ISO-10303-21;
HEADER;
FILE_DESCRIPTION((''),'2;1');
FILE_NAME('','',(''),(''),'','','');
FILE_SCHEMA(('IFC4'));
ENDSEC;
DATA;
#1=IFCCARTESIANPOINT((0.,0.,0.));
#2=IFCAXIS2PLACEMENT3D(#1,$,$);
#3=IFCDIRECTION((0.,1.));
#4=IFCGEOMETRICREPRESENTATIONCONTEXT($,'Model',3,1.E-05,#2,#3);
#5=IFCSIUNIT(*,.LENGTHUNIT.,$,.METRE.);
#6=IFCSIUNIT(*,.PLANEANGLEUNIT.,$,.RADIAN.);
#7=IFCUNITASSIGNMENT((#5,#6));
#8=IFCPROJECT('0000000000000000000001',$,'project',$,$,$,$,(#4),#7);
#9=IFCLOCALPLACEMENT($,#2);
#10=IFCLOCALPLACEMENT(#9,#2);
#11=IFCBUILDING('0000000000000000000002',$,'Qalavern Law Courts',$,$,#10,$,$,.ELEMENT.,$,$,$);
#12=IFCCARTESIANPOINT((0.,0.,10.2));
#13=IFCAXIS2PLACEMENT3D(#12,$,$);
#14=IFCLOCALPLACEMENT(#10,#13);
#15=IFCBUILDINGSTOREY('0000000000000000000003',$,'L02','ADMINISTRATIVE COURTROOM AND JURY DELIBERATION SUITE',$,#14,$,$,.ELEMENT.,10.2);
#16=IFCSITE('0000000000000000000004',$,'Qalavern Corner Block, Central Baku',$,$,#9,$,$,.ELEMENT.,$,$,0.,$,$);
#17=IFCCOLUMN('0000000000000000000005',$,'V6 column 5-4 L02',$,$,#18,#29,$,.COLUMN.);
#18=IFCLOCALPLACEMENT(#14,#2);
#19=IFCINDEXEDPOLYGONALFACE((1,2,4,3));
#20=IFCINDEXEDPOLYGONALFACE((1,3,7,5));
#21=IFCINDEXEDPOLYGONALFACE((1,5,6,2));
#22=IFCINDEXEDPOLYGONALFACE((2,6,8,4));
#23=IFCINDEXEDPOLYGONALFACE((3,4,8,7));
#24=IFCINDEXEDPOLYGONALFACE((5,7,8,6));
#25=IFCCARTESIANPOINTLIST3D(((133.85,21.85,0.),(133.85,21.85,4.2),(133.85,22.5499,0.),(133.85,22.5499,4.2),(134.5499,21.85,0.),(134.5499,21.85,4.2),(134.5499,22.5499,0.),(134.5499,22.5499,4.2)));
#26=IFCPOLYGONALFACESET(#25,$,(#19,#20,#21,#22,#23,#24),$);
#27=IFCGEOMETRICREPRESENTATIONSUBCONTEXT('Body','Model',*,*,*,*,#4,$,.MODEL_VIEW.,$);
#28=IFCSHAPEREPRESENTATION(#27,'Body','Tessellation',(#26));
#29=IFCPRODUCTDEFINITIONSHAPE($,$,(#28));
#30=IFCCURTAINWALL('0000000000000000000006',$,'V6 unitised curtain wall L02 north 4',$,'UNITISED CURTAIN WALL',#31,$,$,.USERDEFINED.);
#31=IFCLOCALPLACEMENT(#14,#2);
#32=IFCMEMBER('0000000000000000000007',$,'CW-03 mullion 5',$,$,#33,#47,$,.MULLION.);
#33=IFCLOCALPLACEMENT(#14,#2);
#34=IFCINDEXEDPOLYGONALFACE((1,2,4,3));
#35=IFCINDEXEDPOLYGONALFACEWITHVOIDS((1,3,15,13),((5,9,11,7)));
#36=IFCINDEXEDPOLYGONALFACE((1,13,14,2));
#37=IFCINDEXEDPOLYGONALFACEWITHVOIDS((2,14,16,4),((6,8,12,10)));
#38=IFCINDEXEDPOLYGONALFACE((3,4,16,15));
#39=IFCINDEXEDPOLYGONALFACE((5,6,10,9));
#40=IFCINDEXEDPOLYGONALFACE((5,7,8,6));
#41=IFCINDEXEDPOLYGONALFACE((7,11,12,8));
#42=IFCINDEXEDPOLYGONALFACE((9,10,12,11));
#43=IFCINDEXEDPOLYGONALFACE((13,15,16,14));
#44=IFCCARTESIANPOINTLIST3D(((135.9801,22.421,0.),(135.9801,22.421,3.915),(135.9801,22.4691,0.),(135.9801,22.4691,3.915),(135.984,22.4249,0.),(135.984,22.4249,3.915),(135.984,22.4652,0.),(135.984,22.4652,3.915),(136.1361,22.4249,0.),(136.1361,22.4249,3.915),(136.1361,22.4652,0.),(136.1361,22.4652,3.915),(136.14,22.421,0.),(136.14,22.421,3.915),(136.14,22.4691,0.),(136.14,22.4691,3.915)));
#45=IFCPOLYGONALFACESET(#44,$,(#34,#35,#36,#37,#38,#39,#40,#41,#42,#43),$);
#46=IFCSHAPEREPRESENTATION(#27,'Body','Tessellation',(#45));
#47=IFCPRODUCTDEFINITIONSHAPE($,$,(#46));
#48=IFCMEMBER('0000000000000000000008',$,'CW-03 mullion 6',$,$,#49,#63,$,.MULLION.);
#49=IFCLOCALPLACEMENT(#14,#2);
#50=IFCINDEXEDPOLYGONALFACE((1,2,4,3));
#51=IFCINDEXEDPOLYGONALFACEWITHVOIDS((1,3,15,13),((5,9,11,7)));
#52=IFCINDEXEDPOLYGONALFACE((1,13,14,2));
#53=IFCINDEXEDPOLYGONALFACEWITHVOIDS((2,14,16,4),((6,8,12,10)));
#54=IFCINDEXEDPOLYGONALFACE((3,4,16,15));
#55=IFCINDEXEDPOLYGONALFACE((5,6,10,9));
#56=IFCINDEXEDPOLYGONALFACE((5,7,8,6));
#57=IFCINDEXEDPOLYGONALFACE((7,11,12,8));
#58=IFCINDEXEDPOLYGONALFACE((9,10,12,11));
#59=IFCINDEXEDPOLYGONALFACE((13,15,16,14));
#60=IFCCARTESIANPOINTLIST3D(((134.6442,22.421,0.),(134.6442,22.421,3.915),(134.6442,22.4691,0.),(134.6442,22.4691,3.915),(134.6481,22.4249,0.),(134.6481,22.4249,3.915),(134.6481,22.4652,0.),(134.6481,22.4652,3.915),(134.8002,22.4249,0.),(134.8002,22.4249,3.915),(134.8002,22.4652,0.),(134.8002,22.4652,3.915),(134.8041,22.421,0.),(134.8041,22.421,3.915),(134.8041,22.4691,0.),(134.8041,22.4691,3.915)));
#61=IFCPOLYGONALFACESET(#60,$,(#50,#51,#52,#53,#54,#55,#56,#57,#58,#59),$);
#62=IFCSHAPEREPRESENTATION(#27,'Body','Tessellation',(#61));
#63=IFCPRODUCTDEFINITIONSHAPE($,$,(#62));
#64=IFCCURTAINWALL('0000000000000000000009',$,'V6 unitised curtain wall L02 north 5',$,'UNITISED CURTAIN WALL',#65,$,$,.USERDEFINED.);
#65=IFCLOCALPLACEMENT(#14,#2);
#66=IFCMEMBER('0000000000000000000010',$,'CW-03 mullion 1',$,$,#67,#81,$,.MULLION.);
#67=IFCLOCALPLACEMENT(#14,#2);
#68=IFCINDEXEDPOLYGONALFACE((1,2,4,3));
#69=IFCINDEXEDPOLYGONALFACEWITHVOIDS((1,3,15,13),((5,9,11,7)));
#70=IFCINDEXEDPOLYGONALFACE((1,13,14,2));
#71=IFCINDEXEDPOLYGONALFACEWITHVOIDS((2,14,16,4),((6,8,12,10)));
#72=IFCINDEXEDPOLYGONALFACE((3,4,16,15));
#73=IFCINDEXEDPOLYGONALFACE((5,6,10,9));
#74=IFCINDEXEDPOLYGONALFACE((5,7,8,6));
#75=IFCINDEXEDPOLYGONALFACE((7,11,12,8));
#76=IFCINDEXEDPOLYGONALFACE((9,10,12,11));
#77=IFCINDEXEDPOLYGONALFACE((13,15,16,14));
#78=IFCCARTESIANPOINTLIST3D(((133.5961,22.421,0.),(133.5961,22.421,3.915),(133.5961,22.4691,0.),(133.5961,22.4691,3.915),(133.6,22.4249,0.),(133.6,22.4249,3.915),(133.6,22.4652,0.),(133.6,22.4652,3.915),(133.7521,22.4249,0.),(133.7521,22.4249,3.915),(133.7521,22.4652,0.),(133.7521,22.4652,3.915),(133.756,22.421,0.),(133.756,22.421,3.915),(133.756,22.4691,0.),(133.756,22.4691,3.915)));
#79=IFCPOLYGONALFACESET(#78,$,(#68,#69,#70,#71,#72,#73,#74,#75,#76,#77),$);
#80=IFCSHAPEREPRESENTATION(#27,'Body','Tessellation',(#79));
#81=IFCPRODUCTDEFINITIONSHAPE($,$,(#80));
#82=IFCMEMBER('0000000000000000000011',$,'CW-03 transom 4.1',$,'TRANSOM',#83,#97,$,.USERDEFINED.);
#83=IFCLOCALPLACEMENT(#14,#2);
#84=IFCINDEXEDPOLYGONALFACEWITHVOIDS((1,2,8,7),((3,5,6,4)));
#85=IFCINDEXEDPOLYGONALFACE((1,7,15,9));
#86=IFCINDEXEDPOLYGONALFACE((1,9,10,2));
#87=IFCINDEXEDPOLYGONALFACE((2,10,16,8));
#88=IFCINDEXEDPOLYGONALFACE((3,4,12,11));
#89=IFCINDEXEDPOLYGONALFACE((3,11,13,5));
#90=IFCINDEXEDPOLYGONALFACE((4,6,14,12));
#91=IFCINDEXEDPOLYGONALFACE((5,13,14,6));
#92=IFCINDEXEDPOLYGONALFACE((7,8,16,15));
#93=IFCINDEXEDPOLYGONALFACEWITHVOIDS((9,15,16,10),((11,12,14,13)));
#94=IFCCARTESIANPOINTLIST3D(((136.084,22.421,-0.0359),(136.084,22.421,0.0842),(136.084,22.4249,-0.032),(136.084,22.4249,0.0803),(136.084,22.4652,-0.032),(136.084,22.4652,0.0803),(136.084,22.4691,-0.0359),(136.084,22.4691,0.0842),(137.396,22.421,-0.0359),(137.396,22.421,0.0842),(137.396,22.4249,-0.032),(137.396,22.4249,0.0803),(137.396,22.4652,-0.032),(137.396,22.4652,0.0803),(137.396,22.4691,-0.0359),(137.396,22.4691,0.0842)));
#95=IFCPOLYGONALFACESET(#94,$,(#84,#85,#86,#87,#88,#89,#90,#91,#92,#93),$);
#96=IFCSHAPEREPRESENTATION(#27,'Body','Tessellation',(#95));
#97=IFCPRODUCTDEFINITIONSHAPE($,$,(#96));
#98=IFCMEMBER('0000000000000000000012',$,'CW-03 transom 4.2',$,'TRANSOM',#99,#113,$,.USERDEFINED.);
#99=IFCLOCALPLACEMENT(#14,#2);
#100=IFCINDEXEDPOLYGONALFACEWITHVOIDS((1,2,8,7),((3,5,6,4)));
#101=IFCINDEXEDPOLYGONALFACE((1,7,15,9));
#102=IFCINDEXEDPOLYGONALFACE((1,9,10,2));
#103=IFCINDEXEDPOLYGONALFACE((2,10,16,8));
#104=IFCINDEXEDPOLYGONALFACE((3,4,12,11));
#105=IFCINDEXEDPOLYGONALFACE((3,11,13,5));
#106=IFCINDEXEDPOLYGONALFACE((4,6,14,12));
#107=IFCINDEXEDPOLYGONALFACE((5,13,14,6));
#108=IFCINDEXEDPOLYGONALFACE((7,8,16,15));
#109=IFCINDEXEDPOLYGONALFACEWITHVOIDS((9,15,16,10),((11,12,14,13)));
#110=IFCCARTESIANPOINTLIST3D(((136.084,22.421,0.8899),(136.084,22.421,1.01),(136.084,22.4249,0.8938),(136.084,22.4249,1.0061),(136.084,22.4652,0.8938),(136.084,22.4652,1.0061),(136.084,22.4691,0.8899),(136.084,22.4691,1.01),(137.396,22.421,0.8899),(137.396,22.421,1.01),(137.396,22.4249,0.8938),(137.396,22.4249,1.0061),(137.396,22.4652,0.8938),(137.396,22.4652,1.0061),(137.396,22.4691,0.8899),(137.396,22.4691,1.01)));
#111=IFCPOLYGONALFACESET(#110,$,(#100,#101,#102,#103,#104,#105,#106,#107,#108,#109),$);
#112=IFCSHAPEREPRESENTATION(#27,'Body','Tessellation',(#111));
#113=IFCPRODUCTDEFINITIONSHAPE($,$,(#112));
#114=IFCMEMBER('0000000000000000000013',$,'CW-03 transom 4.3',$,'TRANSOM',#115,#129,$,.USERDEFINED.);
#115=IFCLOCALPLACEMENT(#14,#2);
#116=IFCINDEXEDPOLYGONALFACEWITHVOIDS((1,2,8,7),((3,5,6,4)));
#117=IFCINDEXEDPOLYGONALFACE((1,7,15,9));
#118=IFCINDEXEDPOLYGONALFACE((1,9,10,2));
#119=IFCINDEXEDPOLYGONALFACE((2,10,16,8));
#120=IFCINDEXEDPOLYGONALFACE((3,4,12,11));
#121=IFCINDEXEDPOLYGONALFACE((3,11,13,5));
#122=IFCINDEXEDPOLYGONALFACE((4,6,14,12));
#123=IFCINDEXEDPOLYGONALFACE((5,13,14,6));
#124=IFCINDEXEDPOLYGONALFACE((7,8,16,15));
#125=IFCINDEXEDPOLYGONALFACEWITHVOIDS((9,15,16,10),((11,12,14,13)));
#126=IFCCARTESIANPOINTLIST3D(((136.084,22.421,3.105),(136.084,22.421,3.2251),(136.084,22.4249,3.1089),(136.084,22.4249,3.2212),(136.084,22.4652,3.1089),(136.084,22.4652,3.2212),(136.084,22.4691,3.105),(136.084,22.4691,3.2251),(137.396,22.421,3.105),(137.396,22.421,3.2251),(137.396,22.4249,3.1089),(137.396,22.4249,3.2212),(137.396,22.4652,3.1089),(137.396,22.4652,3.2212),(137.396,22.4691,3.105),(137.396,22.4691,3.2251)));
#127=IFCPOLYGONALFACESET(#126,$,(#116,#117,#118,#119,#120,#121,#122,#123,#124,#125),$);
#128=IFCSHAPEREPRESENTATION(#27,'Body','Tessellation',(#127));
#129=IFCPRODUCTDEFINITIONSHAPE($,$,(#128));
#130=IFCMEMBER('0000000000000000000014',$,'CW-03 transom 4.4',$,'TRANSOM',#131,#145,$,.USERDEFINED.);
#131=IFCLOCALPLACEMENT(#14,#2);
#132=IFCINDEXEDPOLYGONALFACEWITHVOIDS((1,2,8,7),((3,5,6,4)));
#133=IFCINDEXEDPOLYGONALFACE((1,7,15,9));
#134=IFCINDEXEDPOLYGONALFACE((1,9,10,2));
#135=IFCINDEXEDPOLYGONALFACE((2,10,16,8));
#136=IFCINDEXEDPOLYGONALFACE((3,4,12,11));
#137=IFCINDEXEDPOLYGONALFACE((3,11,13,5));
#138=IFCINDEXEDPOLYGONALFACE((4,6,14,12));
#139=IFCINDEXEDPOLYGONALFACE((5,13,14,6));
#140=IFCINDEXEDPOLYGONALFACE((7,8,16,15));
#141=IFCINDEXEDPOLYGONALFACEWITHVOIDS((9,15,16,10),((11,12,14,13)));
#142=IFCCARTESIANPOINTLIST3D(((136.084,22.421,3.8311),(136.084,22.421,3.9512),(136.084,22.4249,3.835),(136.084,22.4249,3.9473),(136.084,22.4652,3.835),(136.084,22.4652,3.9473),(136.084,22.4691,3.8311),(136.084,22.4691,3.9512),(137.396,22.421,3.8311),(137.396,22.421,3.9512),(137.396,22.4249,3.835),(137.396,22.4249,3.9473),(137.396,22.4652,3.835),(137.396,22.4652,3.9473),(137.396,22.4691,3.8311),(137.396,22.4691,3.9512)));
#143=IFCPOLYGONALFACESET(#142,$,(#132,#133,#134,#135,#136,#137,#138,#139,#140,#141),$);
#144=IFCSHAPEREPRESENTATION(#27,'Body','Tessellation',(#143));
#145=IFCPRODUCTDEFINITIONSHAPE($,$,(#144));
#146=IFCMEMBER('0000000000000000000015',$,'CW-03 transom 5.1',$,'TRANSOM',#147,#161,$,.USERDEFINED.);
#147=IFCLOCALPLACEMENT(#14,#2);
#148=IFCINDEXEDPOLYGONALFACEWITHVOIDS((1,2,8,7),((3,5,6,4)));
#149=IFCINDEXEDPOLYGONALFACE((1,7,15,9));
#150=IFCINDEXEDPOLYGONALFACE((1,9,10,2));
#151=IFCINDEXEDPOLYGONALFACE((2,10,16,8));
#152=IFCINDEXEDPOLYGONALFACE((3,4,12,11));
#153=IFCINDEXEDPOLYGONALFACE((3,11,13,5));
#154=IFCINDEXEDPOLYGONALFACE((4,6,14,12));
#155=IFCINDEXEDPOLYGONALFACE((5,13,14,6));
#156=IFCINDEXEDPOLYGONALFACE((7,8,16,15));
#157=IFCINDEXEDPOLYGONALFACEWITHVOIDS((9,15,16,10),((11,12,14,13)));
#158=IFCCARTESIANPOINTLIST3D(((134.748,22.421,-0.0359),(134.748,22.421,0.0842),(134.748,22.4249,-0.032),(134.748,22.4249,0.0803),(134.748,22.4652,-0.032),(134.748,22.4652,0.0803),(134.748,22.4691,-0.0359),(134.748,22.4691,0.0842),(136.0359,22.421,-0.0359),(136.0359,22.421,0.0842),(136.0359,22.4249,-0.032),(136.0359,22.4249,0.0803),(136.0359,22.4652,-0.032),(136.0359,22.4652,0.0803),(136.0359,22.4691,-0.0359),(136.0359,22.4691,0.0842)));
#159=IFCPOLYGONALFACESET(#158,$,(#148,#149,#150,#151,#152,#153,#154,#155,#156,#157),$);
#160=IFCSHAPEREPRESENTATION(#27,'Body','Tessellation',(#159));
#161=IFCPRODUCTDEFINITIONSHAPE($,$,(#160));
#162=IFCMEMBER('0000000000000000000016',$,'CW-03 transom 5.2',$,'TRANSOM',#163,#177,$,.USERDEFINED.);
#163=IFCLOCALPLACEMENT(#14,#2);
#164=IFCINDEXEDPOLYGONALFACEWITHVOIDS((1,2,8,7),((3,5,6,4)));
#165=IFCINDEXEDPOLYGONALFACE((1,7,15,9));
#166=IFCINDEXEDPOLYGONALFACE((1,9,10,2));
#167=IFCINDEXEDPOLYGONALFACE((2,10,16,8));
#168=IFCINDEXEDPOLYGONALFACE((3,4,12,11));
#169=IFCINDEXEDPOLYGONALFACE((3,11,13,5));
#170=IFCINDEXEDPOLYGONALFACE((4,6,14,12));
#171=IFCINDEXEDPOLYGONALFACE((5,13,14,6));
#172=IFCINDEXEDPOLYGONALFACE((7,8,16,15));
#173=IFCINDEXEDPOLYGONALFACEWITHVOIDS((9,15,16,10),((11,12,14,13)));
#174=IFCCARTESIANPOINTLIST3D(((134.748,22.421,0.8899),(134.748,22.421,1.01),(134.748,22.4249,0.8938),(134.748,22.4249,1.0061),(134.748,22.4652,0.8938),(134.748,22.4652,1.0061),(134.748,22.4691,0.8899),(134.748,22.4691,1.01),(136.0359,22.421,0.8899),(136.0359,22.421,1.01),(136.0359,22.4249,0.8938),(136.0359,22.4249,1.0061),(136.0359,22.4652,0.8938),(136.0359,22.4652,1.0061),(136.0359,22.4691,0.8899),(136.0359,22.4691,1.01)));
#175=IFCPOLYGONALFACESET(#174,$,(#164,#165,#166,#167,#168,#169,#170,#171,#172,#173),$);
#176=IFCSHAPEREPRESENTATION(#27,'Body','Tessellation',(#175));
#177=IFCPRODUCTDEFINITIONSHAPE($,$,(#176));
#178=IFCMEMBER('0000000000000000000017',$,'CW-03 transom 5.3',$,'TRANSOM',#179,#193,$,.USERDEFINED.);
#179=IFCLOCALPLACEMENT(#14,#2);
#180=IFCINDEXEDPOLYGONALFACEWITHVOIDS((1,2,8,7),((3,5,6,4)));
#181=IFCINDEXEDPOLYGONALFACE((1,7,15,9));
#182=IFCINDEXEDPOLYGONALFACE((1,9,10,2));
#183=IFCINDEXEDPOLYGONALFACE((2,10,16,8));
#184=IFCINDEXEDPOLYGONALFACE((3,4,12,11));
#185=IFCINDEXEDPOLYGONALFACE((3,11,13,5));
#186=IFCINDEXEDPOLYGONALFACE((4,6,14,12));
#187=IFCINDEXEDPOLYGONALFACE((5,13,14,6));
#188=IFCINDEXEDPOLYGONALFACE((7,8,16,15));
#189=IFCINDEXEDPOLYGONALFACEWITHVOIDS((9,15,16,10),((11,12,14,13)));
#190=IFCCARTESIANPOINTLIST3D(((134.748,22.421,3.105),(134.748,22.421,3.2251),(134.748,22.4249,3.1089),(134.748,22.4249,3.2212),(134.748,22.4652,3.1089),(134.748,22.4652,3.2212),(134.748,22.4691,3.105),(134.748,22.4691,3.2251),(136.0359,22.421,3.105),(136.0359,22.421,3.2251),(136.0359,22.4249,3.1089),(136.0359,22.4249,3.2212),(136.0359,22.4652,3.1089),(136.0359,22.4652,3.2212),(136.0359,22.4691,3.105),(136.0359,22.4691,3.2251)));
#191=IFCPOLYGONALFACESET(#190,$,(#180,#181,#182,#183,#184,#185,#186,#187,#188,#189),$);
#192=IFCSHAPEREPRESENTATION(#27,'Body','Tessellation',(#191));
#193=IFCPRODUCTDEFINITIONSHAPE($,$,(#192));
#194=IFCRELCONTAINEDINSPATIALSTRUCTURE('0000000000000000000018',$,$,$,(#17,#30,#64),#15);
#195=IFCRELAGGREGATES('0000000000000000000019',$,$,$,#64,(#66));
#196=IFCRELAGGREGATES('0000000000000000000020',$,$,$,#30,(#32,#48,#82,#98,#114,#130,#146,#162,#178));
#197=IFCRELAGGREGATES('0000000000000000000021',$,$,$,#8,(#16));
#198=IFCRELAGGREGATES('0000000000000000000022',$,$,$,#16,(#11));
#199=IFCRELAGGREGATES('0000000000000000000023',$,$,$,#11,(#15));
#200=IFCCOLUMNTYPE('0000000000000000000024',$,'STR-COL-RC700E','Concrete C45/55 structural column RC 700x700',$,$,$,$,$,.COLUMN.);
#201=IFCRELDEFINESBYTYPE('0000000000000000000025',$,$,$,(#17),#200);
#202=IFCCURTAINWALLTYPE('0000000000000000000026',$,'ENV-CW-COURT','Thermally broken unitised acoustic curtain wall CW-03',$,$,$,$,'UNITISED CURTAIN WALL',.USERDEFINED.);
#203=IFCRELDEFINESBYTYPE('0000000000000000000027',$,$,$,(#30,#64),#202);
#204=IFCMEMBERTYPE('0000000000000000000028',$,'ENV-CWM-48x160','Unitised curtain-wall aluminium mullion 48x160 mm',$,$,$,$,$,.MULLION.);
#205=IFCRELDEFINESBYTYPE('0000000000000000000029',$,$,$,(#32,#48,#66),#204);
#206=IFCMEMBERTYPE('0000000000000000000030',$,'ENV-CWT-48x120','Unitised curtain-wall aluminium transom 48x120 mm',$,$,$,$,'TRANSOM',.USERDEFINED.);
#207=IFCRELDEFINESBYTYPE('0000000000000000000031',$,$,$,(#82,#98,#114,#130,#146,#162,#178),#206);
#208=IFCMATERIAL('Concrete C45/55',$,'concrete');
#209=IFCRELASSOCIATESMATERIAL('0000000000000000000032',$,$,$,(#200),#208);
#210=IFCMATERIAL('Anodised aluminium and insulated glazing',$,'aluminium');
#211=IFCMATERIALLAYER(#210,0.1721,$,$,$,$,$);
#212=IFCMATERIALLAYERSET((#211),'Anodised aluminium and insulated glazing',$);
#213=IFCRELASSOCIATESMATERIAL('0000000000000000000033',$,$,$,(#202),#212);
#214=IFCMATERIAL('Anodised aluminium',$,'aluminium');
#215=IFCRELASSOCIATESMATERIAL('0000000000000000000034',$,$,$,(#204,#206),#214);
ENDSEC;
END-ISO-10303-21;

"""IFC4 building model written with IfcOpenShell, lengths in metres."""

from ifc_helpers import new_model, si_unit, direction, frame, origin, origin_2d, place, context, subcontext, project, spatial, rectangle, hollow_rectangle, extrude, material, layer, layer_set, material_profile, profile_set, type_object, element, aggregate, save


model = new_model("IFC4")

# Units and contexts
model_context = context("Model", 3, precision=1e-05, world=origin(), true_north=direction((0.0, 1.0)))
body_context = subcontext(model_context, "Body", "Model", "MODEL_VIEW")
ifc_project = project(units=[si_unit("LENGTHUNIT", "METRE"), si_unit("PLANEANGLEUNIT", "RADIAN")], contexts=[model_context])

# Site, building, storey
site_placement = place(None, origin())
site = spatial("IfcSite", under=ifc_project, at=site_placement, Name="Qalavern Corner Block, Central Baku", CompositionType="ELEMENT", RefElevation=0.0)
building_placement = place(site_placement, origin())
building = spatial("IfcBuilding", under=site, at=building_placement, Name="Qalavern Law Courts", CompositionType="ELEMENT")
storey_placement = place(building_placement, frame((0.0, 0.0, 10.2)))
storey = spatial("IfcBuildingStorey", under=building, at=storey_placement, Name="L02", Description="ADMINISTRATIVE COURTROOM AND JURY DELIBERATION SUITE", CompositionType="ELEMENT", Elevation=10.2)

# Column
ifc_material_1 = material(Name="Concrete C45/55", Category="concrete")
ifc_material_profile_1 = material_profile(ifc_material_1, rectangle(XDim=0.7, YDim=0.7, at=origin_2d()), Name="RC 700x700")
ifc_profile_set_1 = profile_set([ifc_material_profile_1], Name="Concrete C45/55")
column_type = type_object("IfcColumnType", Name="STR-COL-RC700E", Description="Concrete C45/55 structural column RC 700x700", PredefinedType="COLUMN", material=ifc_profile_set_1)
column_placement = place(storey_placement, frame((134.2, 22.2, 0.0), z_axis=(0.0, 0.0, 1.0), x_axis=(1.0, 0.0, 0.0)))
element("IfcColumn", 1, at=column_placement, inside=storey, type_object=column_type, Name="V6 column 5-4 L02", PredefinedType="COLUMN", context=body_context, shape_type="SweptSolid", body=[
    extrude(rectangle(XDim=0.7, YDim=0.7, at=origin_2d()), origin(), (0.0, 0.0, 1.0), 4.2),
])

# Curtain wall, members
ifc_material_2 = material(Name="Anodised aluminium and insulated glazing", Category="aluminium")
ifc_layer_1 = layer(ifc_material_2, 0.1721)
ifc_layer_set_1 = layer_set([ifc_layer_1], Name="Anodised aluminium and insulated glazing")
curtain_wall_type = type_object("IfcCurtainWallType", Name="ENV-CW-COURT", Description="Thermally broken unitised acoustic curtain wall CW-03", ElementType="UNITISED CURTAIN WALL", PredefinedType="USERDEFINED", material=ifc_layer_set_1)
curtain_wall_1_placement = place(storey_placement, origin())
curtain_wall_1 = element("IfcCurtainWall", 2, at=curtain_wall_1_placement, inside=storey, type_object=curtain_wall_type, Name="V6 unitised curtain wall L02 north 4", ObjectType="UNITISED CURTAIN WALL", PredefinedType="USERDEFINED")
ifc_material_3 = material(Name="Anodised aluminium", Category="aluminium")
ifc_material_profile_2 = material_profile(ifc_material_3, hollow_rectangle(XDim=0.0481, YDim=0.1599, WallThickness=0.0039, at=origin_2d()), Name="ALU MULLION 48x160")
ifc_profile_set_2 = profile_set([ifc_material_profile_2], Name="Anodised aluminium")
member_type_1 = type_object("IfcMemberType", Name="ENV-CWM-48x160", Description="Unitised curtain-wall aluminium mullion 48x160 mm", PredefinedType="MULLION", material=ifc_profile_set_2)
member_1_placement = place(storey_placement, frame((136.0601, 22.4451, 0.0), z_axis=(0.0, 0.0, 1.0), x_axis=(0.0, -1.0, 0.0)))
member_1 = element("IfcMember", 3, at=member_1_placement, type_object=member_type_1, Name="CW-03 mullion 5", PredefinedType="MULLION", context=body_context, shape_type="SweptSolid", body=[
    extrude(hollow_rectangle(XDim=0.0481, YDim=0.1599, WallThickness=0.0039, at=origin_2d()), origin(), (0.0, 0.0, 1.0), 3.915),
])
member_2_placement = place(storey_placement, frame((134.7241, 22.4451, 0.0), z_axis=(0.0, 0.0, 1.0), x_axis=(0.0, -1.0, 0.0)))
member_2 = element("IfcMember", 4, at=member_2_placement, type_object=member_type_1, Name="CW-03 mullion 6", PredefinedType="MULLION", context=body_context, shape_type="SweptSolid", body=[
    extrude(hollow_rectangle(XDim=0.0481, YDim=0.1599, WallThickness=0.0039, at=origin_2d()), origin(), (0.0, 0.0, 1.0), 3.915),
])

# Curtain wall, member
curtain_wall_2_placement = place(storey_placement, origin())
curtain_wall_2 = element("IfcCurtainWall", 5, at=curtain_wall_2_placement, inside=storey, type_object=curtain_wall_type, Name="V6 unitised curtain wall L02 north 5", ObjectType="UNITISED CURTAIN WALL", PredefinedType="USERDEFINED")
member_3_placement = place(storey_placement, frame((133.676, 22.4451, 0.0), z_axis=(0.0, 0.0, 1.0), x_axis=(0.0, -1.0, 0.0)))
member_3 = element("IfcMember", 6, at=member_3_placement, type_object=member_type_1, Name="CW-03 mullion 1", PredefinedType="MULLION", context=body_context, shape_type="SweptSolid", body=[
    extrude(hollow_rectangle(XDim=0.0481, YDim=0.1599, WallThickness=0.0039, at=origin_2d()), origin(), (0.0, 0.0, 1.0), 3.915),
])
aggregate(curtain_wall_2, [member_3])

# Members
ifc_material_profile_3 = material_profile(ifc_material_3, hollow_rectangle(XDim=0.0481, YDim=0.1201, WallThickness=0.0039, at=origin_2d()), Name="ALU TRANSOM 48x120")
ifc_profile_set_3 = profile_set([ifc_material_profile_3], Name="Anodised aluminium")
member_type_2 = type_object("IfcMemberType", Name="ENV-CWT-48x120", Description="Unitised curtain-wall aluminium transom 48x120 mm", ElementType="TRANSOM", PredefinedType="USERDEFINED", material=ifc_profile_set_3)
member_4_placement = place(storey_placement, frame((137.396, 22.4451, 0.0242), z_axis=(-1.0, 0.0, 0.0), x_axis=(0.0, -1.0, 0.0)))
member_4 = element("IfcMember", 7, at=member_4_placement, type_object=member_type_2, Name="CW-03 transom 4.1", ObjectType="TRANSOM", PredefinedType="USERDEFINED", context=body_context, shape_type="SweptSolid", body=[
    extrude(hollow_rectangle(XDim=0.0481, YDim=0.1201, WallThickness=0.0039, at=origin_2d()), origin(), (0.0, 0.0, 1.0), 1.312),
])
member_5_placement = place(storey_placement, frame((137.396, 22.4451, 0.95), z_axis=(-1.0, 0.0, 0.0), x_axis=(0.0, -1.0, 0.0)))
member_5 = element("IfcMember", 8, at=member_5_placement, type_object=member_type_2, Name="CW-03 transom 4.2", ObjectType="TRANSOM", PredefinedType="USERDEFINED", context=body_context, shape_type="SweptSolid", body=[
    extrude(hollow_rectangle(XDim=0.0481, YDim=0.1201, WallThickness=0.0039, at=origin_2d()), origin(), (0.0, 0.0, 1.0), 1.312),
])
member_6_placement = place(storey_placement, frame((137.396, 22.4451, 3.165), z_axis=(-1.0, 0.0, 0.0), x_axis=(0.0, -1.0, 0.0)))
member_6 = element("IfcMember", 9, at=member_6_placement, type_object=member_type_2, Name="CW-03 transom 4.3", ObjectType="TRANSOM", PredefinedType="USERDEFINED", context=body_context, shape_type="SweptSolid", body=[
    extrude(hollow_rectangle(XDim=0.0481, YDim=0.1201, WallThickness=0.0039, at=origin_2d()), origin(), (0.0, 0.0, 1.0), 1.312),
])
member_7_placement = place(storey_placement, frame((137.396, 22.4451, 3.8911), z_axis=(-1.0, 0.0, 0.0), x_axis=(0.0, -1.0, 0.0)))
member_7 = element("IfcMember", 10, at=member_7_placement, type_object=member_type_2, Name="CW-03 transom 4.4", ObjectType="TRANSOM", PredefinedType="USERDEFINED", context=body_context, shape_type="SweptSolid", body=[
    extrude(hollow_rectangle(XDim=0.0481, YDim=0.1201, WallThickness=0.0039, at=origin_2d()), origin(), (0.0, 0.0, 1.0), 1.312),
])
member_8_placement = place(storey_placement, frame((136.0359, 22.4451, 0.0242), z_axis=(-1.0, 0.0, 0.0), x_axis=(0.0, -1.0, 0.0)))
member_8 = element("IfcMember", 11, at=member_8_placement, type_object=member_type_2, Name="CW-03 transom 5.1", ObjectType="TRANSOM", PredefinedType="USERDEFINED", context=body_context, shape_type="SweptSolid", body=[
    extrude(hollow_rectangle(XDim=0.0481, YDim=0.1201, WallThickness=0.0039, at=origin_2d()), origin(), (0.0, 0.0, 1.0), 1.2878),
])
member_9_placement = place(storey_placement, frame((136.0359, 22.4451, 0.95), z_axis=(-1.0, 0.0, 0.0), x_axis=(0.0, -1.0, 0.0)))
member_9 = element("IfcMember", 12, at=member_9_placement, type_object=member_type_2, Name="CW-03 transom 5.2", ObjectType="TRANSOM", PredefinedType="USERDEFINED", context=body_context, shape_type="SweptSolid", body=[
    extrude(hollow_rectangle(XDim=0.0481, YDim=0.1201, WallThickness=0.0039, at=origin_2d()), origin(), (0.0, 0.0, 1.0), 1.2878),
])
member_10_placement = place(storey_placement, frame((136.0359, 22.4451, 3.165), z_axis=(-1.0, 0.0, 0.0), x_axis=(0.0, -1.0, 0.0)))
member_10 = element("IfcMember", 13, at=member_10_placement, type_object=member_type_2, Name="CW-03 transom 5.3", ObjectType="TRANSOM", PredefinedType="USERDEFINED", context=body_context, shape_type="SweptSolid", body=[
    extrude(hollow_rectangle(XDim=0.0481, YDim=0.1201, WallThickness=0.0039, at=origin_2d()), origin(), (0.0, 0.0, 1.0), 1.2878),
])

aggregate(curtain_wall_1, [member_1, member_2, member_4, member_5, member_6, member_7, member_8, member_9, member_10])

save(model, "model.ifc")
